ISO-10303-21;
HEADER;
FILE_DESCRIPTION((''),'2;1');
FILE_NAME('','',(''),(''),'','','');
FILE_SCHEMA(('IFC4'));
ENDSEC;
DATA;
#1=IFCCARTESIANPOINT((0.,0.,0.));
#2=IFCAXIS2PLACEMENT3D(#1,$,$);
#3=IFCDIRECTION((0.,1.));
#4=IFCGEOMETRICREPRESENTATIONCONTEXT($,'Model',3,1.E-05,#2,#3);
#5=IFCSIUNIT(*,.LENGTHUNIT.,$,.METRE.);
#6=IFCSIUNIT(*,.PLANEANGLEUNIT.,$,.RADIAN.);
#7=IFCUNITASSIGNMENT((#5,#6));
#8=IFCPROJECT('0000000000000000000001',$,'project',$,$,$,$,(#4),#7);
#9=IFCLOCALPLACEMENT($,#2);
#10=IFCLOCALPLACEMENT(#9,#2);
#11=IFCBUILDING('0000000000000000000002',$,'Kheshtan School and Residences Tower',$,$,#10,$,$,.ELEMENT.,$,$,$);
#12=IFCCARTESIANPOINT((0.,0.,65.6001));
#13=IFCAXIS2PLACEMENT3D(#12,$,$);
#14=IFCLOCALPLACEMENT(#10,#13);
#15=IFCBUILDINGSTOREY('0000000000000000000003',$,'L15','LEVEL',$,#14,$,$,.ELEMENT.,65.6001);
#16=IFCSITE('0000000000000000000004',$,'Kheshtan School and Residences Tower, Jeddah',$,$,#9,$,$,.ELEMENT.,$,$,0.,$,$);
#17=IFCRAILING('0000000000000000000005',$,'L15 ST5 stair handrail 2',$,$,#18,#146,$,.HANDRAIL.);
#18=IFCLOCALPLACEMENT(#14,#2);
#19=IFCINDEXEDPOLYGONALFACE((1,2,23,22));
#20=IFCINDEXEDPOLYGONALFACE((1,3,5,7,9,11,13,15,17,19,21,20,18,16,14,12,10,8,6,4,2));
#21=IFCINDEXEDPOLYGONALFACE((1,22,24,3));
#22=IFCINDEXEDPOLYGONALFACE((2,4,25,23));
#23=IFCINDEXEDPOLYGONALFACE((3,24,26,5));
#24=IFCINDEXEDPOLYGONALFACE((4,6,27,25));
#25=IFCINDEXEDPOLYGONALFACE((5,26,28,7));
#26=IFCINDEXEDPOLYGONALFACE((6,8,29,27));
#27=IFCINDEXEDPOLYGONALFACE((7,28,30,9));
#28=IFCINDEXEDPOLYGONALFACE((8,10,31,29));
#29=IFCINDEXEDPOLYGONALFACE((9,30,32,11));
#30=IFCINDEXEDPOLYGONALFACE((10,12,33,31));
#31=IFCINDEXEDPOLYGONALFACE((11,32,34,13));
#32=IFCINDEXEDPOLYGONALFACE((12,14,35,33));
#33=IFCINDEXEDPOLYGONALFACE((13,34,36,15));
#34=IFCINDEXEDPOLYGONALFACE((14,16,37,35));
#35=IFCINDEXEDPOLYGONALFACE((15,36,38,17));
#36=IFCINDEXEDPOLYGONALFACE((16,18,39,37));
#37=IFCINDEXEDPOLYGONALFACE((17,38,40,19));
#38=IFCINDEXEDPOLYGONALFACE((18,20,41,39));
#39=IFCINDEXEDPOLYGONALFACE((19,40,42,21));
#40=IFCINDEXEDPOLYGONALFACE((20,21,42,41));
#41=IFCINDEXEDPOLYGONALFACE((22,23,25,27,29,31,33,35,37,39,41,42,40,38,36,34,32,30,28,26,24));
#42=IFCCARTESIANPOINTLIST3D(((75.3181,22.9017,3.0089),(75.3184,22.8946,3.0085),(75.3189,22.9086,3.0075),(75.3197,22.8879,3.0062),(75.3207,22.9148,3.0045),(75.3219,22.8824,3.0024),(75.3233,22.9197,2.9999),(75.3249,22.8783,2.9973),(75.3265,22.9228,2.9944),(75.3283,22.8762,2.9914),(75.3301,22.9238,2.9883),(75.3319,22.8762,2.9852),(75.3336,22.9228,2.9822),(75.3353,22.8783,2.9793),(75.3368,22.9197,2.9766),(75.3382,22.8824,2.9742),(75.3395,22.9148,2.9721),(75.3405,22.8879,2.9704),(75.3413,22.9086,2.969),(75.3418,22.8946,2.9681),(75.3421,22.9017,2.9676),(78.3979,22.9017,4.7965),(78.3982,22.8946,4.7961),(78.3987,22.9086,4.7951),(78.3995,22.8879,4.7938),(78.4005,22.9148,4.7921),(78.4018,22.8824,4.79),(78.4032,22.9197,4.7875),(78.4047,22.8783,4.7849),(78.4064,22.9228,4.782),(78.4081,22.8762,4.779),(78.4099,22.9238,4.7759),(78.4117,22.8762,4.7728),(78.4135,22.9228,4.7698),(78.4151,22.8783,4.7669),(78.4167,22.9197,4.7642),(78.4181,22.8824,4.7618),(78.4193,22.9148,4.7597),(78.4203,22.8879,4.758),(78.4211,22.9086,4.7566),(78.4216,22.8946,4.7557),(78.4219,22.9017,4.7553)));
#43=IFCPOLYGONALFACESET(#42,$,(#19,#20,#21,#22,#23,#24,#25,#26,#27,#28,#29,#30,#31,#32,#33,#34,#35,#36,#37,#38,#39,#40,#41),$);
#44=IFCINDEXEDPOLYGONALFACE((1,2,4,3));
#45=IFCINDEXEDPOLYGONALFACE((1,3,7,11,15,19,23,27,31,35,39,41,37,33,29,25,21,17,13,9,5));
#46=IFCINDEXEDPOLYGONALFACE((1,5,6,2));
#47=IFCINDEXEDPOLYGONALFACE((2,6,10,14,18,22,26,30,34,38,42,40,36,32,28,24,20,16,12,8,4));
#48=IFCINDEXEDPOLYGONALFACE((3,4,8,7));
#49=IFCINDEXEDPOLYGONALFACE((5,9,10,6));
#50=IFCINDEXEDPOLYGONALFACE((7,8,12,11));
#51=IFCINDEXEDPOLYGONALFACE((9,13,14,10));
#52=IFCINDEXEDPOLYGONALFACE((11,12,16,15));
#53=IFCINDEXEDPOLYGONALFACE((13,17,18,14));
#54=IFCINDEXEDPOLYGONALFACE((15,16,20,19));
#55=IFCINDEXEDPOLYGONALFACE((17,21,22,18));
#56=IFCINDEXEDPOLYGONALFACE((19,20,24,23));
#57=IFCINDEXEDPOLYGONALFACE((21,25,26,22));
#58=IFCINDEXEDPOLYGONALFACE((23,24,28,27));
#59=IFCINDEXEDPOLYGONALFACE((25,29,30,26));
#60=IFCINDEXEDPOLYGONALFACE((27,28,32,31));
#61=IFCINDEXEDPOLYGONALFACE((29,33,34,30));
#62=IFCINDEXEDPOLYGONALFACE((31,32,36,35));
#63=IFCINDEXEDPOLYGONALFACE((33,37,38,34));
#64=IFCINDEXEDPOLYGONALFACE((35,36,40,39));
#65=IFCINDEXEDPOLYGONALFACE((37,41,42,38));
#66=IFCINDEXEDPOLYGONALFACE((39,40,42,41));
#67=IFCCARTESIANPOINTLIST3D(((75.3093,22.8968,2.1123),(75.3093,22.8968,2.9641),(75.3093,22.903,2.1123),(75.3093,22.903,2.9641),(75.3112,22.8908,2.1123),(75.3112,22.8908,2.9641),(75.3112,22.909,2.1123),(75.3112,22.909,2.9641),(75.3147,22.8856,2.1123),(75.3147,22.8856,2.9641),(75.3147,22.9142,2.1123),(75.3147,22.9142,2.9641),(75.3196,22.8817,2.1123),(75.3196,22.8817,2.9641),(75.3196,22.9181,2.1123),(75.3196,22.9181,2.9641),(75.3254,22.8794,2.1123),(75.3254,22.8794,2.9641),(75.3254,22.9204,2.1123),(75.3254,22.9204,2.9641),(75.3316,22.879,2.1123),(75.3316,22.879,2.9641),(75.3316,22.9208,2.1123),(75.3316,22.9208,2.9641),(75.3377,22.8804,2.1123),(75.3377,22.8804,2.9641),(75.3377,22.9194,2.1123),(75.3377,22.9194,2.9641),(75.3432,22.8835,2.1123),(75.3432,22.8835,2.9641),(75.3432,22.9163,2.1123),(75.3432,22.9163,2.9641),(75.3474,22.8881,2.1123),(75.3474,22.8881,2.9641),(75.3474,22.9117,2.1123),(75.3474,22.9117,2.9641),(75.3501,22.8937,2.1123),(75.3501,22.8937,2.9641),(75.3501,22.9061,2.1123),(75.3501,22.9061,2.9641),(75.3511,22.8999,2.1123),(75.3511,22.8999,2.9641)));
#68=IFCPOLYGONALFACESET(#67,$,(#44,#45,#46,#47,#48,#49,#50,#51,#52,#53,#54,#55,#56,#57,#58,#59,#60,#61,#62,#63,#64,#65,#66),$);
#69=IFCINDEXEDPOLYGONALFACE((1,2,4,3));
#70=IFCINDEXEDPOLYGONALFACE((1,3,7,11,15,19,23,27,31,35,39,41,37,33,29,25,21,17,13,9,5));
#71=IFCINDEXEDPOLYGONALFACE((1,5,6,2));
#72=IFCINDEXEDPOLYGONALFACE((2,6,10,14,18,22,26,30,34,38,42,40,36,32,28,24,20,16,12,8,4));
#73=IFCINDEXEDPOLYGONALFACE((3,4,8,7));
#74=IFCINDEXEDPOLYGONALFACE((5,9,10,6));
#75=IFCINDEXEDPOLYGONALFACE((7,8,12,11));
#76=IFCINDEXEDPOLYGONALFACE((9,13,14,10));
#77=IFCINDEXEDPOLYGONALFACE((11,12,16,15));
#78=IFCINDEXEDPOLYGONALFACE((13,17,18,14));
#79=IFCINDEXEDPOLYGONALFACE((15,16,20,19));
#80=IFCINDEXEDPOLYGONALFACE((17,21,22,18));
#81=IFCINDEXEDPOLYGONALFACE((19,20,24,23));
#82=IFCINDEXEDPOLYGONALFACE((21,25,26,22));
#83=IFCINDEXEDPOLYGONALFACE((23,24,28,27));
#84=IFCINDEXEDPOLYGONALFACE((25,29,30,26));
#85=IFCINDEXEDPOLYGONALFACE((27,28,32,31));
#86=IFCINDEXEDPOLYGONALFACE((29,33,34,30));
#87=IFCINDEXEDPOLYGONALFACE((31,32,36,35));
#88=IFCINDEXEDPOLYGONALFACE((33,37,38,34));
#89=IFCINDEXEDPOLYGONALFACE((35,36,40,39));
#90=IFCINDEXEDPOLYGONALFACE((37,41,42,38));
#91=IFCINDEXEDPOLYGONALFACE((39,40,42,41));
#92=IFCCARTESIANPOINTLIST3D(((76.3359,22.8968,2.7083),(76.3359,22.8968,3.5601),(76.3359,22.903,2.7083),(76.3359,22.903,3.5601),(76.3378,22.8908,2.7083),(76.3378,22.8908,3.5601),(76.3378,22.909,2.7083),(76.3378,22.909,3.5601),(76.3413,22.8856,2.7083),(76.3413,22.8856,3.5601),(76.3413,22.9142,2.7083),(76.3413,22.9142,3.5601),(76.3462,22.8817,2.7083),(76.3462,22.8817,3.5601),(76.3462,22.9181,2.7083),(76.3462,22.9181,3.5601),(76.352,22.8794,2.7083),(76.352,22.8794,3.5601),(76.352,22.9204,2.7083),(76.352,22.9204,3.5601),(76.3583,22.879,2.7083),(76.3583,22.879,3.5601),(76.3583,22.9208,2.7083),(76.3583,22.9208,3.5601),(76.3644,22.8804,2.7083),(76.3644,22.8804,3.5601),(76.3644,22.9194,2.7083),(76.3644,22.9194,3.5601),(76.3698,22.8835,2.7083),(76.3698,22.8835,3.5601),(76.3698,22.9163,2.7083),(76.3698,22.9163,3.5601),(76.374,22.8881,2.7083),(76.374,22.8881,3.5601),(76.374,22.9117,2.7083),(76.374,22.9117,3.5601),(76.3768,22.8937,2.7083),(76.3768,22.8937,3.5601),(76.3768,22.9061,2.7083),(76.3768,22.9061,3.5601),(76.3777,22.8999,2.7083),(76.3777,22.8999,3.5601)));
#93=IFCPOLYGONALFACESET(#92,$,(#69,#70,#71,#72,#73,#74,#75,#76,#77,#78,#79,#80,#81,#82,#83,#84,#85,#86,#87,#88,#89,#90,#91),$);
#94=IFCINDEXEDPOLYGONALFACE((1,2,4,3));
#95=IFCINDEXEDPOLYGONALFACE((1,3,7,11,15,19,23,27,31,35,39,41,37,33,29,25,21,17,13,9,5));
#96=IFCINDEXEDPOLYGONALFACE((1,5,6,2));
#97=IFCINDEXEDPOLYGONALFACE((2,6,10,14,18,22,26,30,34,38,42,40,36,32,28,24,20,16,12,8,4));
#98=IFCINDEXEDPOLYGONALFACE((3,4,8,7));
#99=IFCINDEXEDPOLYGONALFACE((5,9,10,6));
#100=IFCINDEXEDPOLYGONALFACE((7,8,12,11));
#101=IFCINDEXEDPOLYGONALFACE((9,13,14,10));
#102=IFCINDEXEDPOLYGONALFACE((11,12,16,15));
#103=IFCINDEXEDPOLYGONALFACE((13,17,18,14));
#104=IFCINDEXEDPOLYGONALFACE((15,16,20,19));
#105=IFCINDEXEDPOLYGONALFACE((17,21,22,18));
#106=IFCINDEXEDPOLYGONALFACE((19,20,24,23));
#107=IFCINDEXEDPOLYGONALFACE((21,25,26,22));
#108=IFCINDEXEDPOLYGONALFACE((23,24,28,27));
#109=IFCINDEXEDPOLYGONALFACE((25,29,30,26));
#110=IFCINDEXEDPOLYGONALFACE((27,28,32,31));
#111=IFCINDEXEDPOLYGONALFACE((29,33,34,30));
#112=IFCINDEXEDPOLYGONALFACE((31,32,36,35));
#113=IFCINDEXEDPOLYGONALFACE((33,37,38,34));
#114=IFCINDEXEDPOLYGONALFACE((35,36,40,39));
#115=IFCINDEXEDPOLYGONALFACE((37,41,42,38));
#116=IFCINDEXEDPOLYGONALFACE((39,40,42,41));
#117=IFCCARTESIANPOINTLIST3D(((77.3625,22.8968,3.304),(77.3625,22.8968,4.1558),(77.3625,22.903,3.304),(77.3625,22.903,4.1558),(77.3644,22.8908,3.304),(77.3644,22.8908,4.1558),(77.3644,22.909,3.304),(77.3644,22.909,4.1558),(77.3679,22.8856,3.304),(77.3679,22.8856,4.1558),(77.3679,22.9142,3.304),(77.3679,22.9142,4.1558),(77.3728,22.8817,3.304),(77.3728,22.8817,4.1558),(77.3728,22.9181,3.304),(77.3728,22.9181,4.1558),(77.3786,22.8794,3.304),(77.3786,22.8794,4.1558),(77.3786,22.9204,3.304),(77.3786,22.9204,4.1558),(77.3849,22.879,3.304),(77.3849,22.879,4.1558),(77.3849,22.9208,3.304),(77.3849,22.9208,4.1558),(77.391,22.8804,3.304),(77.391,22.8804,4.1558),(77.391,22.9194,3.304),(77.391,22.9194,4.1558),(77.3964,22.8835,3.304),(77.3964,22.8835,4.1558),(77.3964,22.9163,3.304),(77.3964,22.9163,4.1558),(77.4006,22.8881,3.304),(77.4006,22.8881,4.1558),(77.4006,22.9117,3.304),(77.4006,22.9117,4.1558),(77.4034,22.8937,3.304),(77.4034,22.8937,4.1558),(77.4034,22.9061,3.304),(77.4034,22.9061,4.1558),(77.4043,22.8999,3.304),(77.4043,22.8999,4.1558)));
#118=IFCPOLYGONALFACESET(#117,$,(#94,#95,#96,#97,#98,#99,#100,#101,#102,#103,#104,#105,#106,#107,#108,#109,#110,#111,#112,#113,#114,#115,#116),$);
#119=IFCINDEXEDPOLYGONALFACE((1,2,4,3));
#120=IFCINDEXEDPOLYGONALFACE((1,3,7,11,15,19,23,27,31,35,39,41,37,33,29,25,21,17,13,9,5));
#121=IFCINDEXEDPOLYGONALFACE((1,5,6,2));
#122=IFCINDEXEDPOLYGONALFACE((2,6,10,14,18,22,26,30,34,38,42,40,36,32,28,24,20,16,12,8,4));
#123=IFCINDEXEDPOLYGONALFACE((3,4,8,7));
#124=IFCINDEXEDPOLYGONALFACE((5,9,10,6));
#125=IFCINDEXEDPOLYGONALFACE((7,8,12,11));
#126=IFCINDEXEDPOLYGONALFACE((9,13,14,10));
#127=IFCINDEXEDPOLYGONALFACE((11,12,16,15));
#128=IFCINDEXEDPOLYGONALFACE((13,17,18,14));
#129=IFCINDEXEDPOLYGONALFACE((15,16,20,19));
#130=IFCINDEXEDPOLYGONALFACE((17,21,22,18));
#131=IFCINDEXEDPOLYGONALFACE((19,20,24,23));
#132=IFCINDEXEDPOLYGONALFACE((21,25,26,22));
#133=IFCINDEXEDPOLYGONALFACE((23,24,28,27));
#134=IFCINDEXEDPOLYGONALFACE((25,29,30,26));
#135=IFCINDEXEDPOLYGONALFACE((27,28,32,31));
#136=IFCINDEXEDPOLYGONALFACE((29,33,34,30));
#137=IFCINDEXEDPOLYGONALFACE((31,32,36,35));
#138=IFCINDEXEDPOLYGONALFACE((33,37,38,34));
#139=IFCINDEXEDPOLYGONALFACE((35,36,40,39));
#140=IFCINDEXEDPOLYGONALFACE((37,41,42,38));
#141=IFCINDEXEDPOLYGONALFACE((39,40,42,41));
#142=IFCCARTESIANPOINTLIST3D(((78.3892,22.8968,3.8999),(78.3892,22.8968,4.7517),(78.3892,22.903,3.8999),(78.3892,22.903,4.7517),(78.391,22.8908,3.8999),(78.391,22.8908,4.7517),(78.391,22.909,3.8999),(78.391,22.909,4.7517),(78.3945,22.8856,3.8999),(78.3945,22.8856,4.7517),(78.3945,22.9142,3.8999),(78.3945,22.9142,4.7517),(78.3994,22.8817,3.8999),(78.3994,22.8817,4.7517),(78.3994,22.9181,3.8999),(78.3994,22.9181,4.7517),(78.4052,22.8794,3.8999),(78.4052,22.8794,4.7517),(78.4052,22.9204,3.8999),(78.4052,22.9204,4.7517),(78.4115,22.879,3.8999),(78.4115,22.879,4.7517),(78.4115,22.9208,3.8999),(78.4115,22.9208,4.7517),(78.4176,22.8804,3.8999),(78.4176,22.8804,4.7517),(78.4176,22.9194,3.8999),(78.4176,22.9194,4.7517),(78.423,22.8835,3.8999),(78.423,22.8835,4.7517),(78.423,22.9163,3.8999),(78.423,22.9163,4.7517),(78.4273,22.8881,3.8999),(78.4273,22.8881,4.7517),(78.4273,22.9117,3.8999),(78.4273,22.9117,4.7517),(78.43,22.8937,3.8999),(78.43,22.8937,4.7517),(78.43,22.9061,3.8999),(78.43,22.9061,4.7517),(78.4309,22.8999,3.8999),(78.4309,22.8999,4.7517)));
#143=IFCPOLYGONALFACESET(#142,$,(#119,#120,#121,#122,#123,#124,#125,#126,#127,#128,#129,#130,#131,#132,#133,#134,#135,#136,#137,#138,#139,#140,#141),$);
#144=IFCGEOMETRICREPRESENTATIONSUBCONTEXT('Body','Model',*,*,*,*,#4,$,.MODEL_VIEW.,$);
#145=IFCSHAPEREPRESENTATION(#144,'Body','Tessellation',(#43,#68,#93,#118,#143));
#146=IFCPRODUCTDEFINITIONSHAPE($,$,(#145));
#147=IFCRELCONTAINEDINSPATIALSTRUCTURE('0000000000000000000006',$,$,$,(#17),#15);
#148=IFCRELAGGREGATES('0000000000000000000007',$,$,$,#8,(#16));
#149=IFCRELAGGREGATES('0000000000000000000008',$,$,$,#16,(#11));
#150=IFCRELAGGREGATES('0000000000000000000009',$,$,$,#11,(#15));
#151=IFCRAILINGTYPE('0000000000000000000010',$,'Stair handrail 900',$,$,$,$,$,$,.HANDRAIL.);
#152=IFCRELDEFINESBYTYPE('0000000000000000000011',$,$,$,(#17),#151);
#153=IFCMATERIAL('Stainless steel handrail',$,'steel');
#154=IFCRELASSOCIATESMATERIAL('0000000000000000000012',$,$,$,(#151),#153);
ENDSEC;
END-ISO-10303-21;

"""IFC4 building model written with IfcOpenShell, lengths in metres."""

from ifc_helpers import new_model, si_unit, direction, frame, origin, origin_2d, place, context, subcontext, project, spatial, circle, extrude, material, type_object, element, save


model = new_model("IFC4")

# Units and contexts
model_context = context("Model", 3, precision=1e-05, world=origin(), true_north=direction((0.0, 1.0)))
body_context = subcontext(model_context, "Body", "Model", "MODEL_VIEW")
ifc_project = project(units=[si_unit("LENGTHUNIT", "METRE"), si_unit("PLANEANGLEUNIT", "RADIAN")], contexts=[model_context])

# Site, building, storey
site_placement = place(None, origin())
site = spatial("IfcSite", under=ifc_project, at=site_placement, Name="Kheshtan School and Residences Tower, Jeddah", CompositionType="ELEMENT", RefElevation=0.0)
building_placement = place(site_placement, origin())
building = spatial("IfcBuilding", under=site, at=building_placement, Name="Kheshtan School and Residences Tower", CompositionType="ELEMENT")
storey_placement = place(building_placement, frame((0.0, 0.0, 65.6001)))
storey = spatial("IfcBuildingStorey", under=building, at=storey_placement, Name="L15", Description="LEVEL", CompositionType="ELEMENT", Elevation=65.6001)

# Railing
ifc_material_1 = material(Name="Stainless steel handrail", Category="steel")
railing_type = type_object("IfcRailingType", Name="Stair handrail 900", PredefinedType="HANDRAIL", material=ifc_material_1)
railing_placement = place(storey_placement, frame((75.3301, 22.8999, 2.1123)))
element("IfcRailing", 1, at=railing_placement, inside=storey, type_object=railing_type, Name="L15 ST5 stair handrail 2", PredefinedType="HANDRAIL", context=body_context, shape_type="SweptSolid", body=[
    extrude(circle(Radius=0.0239, at=origin_2d()), frame((0.0, 0.0, 0.876), z_axis=(0.864873, 0.0, 0.50199), x_axis=(0.0, 1.0, 0.0)), (0.0, 0.0, 1.0), 3.561),
    extrude(circle(Radius=0.021, at=origin_2d()), origin(), (0.0, 0.0, 1.0), 0.8518),
    extrude(circle(Radius=0.021, at=origin_2d()), frame((1.0266, 0.0, 0.5959)), (0.0, 0.0, 1.0), 0.8518),
    extrude(circle(Radius=0.021, at=origin_2d()), frame((2.0532, 0.0, 1.1917)), (0.0, 0.0, 1.0), 0.8518),
    extrude(circle(Radius=0.021, at=origin_2d()), frame((3.0798, 0.0, 1.7876)), (0.0, 0.0, 1.0), 0.8518),
])

save(model, "model.ifc")
